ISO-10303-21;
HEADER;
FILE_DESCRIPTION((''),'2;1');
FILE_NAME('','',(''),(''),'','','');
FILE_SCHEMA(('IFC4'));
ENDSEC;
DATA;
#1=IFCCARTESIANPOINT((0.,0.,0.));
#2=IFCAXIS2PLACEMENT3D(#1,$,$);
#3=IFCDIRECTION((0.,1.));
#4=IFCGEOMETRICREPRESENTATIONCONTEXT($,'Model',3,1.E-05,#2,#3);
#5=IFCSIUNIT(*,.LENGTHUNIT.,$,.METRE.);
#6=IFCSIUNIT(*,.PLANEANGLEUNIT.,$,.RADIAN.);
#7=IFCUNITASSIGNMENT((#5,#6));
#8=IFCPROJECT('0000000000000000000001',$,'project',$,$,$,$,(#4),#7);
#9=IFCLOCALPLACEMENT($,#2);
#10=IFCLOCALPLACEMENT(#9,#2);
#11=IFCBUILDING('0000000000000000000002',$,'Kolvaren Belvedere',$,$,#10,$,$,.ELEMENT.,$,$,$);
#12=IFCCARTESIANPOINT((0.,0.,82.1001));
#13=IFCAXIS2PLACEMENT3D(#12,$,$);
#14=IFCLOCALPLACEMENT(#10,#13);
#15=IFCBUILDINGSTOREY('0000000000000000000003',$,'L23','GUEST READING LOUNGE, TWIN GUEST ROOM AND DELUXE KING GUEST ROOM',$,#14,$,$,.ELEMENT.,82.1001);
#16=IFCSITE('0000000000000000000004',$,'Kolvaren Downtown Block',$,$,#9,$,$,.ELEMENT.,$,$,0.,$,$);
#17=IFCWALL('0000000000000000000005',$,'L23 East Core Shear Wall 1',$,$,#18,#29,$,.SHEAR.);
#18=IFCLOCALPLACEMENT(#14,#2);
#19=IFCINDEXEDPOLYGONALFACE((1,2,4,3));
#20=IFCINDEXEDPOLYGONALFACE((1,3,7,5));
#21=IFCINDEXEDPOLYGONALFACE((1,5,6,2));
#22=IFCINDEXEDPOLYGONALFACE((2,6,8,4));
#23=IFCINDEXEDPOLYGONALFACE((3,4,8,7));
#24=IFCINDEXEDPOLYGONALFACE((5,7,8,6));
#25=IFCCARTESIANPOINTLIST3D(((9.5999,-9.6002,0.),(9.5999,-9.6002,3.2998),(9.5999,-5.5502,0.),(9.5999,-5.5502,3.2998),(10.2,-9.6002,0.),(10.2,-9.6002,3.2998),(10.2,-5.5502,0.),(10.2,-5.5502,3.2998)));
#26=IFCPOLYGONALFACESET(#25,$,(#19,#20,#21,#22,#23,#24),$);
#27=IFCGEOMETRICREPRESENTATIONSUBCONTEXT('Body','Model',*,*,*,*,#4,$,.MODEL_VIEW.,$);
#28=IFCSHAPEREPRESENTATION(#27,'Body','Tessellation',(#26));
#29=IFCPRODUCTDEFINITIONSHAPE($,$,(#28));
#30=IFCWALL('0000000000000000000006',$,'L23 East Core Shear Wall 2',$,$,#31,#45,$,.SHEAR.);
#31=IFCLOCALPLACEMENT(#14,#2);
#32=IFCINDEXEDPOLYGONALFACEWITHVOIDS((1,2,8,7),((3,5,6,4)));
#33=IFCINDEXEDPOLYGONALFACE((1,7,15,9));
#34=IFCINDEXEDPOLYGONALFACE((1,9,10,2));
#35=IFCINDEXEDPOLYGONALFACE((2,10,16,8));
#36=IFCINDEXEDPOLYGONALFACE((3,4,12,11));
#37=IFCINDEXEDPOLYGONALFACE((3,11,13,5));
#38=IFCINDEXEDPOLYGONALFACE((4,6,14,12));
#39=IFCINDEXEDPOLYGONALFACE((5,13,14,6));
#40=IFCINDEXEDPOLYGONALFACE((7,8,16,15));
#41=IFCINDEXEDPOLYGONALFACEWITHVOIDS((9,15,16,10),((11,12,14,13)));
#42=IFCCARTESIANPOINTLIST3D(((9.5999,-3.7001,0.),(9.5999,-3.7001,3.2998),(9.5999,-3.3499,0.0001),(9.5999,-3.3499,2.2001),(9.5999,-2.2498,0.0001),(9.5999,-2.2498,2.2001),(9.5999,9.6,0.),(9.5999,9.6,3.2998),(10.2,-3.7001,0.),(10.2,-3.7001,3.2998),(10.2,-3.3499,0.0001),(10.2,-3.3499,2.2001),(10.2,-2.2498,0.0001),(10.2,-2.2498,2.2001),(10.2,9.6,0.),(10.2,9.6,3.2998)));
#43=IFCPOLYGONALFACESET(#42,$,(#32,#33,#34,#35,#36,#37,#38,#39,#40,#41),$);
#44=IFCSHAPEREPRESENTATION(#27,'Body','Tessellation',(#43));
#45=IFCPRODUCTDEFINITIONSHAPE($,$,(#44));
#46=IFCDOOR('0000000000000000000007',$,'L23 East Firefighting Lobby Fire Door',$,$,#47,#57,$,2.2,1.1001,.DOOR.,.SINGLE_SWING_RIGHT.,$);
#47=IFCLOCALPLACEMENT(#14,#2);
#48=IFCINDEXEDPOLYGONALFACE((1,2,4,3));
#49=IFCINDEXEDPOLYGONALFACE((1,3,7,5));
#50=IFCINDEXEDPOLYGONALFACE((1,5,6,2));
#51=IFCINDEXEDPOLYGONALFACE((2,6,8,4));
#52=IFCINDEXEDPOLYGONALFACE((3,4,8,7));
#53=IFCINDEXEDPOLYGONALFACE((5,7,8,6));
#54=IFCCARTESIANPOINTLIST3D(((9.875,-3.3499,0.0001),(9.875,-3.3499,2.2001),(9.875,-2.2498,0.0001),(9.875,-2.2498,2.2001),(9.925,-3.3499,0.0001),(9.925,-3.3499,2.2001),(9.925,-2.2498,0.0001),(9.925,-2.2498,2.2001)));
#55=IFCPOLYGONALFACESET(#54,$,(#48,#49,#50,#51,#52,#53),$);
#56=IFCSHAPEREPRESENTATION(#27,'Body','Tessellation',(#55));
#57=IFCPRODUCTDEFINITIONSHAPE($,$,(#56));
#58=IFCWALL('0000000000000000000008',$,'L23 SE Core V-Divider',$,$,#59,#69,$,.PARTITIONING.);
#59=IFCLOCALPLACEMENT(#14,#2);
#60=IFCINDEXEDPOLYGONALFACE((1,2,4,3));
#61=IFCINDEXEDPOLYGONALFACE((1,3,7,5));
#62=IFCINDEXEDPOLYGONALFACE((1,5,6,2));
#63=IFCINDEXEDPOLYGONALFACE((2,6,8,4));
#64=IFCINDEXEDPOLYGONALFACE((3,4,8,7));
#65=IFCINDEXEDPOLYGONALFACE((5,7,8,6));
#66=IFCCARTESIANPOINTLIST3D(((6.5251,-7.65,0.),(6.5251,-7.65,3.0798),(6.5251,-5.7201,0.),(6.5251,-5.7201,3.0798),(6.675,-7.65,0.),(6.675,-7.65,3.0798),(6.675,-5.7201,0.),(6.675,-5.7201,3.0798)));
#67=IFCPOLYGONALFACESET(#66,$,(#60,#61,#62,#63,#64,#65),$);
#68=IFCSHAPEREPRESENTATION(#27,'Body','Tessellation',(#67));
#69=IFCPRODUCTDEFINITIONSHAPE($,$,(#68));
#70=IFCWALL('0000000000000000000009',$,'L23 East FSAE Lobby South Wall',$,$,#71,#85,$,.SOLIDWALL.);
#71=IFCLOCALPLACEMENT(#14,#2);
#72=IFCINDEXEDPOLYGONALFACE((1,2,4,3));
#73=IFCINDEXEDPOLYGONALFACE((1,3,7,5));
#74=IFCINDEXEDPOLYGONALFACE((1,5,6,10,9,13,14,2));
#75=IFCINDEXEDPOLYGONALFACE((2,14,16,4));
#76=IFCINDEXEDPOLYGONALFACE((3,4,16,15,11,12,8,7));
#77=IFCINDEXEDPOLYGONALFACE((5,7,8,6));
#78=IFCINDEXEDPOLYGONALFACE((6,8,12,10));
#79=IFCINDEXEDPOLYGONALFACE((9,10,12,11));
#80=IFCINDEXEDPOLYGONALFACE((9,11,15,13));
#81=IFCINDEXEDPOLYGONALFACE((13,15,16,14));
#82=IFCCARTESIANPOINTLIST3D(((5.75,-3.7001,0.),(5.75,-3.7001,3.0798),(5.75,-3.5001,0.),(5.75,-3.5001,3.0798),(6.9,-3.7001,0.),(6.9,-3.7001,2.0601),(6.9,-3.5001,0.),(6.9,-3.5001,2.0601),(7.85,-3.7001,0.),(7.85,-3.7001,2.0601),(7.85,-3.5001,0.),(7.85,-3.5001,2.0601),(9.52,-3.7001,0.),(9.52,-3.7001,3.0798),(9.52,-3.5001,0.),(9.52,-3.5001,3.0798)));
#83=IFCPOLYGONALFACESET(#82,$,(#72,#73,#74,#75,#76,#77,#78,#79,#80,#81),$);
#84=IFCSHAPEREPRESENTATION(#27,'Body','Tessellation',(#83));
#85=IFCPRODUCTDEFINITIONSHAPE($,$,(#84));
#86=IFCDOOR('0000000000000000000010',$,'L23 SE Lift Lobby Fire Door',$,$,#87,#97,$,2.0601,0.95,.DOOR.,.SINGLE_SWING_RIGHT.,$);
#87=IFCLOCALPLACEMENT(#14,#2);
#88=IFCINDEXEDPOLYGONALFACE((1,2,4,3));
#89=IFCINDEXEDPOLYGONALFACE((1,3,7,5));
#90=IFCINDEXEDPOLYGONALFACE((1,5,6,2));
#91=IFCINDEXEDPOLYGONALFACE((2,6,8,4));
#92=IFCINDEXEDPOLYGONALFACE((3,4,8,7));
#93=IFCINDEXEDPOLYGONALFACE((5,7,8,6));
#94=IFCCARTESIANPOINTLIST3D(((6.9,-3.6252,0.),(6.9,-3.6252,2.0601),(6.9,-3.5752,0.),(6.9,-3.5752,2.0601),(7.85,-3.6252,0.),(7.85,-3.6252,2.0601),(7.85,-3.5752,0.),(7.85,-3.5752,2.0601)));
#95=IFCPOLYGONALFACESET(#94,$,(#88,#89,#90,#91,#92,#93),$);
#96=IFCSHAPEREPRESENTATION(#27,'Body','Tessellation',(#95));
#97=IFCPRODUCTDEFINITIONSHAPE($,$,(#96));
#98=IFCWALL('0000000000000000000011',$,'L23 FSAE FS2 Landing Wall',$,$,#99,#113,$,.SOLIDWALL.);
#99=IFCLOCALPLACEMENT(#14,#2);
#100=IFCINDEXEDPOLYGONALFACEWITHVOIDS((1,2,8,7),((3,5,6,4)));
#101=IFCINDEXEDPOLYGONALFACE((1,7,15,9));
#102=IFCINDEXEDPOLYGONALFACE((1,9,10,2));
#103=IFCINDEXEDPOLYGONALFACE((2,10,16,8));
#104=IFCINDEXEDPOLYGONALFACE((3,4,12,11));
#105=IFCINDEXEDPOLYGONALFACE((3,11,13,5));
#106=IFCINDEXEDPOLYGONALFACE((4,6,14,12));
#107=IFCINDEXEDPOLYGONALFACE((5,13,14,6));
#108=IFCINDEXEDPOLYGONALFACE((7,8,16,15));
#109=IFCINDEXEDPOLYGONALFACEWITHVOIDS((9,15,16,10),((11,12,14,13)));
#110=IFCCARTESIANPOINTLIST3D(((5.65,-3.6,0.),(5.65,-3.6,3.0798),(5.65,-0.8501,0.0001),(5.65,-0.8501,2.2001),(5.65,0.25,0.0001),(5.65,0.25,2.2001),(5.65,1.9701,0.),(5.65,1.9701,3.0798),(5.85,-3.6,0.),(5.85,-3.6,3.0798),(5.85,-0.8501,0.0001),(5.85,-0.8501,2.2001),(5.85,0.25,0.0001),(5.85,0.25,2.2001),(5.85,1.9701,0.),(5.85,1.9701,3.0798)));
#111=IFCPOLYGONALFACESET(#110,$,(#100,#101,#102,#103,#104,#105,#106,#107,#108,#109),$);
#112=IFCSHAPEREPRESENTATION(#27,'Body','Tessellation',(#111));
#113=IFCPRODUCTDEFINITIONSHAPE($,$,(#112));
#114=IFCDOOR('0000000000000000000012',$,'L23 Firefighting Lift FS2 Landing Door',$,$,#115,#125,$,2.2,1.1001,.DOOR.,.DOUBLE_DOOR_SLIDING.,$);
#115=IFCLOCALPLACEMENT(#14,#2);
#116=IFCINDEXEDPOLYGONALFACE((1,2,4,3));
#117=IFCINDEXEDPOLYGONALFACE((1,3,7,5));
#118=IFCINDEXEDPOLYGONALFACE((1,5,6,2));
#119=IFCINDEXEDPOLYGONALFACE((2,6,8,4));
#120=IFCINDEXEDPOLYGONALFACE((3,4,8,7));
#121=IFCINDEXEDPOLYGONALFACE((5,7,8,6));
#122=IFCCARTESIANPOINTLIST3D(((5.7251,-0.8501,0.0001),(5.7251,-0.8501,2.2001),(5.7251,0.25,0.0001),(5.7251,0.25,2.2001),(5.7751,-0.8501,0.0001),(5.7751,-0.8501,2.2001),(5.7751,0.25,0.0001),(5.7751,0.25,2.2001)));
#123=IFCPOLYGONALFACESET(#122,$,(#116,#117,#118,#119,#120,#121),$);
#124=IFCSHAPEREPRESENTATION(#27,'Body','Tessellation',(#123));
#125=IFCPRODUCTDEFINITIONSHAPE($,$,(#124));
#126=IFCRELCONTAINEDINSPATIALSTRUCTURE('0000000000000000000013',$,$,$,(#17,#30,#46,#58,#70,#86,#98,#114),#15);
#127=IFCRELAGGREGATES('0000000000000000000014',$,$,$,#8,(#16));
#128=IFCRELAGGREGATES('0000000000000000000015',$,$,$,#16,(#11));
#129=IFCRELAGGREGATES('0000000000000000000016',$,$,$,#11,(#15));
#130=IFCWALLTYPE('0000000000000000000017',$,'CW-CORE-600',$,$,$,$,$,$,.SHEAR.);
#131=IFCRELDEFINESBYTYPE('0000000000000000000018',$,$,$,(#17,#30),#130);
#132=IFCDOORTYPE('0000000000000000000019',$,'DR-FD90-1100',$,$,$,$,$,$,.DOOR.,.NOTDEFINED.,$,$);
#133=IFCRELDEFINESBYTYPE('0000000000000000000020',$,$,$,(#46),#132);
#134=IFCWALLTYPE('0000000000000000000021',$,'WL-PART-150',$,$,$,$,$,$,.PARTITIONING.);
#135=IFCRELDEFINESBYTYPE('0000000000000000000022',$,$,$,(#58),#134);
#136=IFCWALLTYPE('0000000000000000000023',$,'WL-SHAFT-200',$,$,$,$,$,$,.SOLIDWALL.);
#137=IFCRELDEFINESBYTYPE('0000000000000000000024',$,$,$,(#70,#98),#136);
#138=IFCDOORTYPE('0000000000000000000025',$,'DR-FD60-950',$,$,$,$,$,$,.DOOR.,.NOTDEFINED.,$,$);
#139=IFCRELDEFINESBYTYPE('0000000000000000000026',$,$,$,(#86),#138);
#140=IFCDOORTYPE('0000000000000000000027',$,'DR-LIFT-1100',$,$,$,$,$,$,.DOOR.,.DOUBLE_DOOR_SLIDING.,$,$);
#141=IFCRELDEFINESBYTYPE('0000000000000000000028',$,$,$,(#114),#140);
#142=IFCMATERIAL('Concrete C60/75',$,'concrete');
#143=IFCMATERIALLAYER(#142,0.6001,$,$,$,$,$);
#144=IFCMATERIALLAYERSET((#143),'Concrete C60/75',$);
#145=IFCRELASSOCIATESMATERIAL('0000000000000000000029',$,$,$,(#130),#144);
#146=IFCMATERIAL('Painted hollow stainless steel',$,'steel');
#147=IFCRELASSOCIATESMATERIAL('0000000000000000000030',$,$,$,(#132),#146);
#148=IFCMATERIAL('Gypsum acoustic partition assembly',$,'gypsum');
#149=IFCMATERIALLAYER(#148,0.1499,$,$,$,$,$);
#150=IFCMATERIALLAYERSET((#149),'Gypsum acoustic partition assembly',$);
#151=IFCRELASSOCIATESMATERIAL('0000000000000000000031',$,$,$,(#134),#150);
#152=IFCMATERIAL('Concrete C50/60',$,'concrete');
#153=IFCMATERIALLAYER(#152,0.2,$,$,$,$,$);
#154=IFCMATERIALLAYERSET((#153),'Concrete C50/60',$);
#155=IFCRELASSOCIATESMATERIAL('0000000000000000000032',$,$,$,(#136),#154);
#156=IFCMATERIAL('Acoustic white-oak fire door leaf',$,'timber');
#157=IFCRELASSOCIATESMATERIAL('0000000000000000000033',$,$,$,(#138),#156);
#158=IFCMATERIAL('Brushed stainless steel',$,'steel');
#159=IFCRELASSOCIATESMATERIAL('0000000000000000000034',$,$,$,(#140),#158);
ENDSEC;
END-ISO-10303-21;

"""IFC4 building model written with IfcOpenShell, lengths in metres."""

from ifc_helpers import new_model, si_unit, direction, frame, frame_2d, origin, place, context, subcontext, project, spatial, rectangle, extrude, material, layer, layer_set, type_object, element, fill, save


model = new_model("IFC4")

# Units and contexts
model_context = context("Model", 3, precision=1e-05, world=origin(), true_north=direction((0.0, 1.0)))
body_context = subcontext(model_context, "Body", "Model", "MODEL_VIEW")
ifc_project = project(units=[si_unit("LENGTHUNIT", "METRE"), si_unit("PLANEANGLEUNIT", "RADIAN")], contexts=[model_context])

# Site, building, storey
site_placement = place(None, origin())
site = spatial("IfcSite", under=ifc_project, at=site_placement, Name="Kolvaren Downtown Block", CompositionType="ELEMENT", RefElevation=0.0)
building_placement = place(site_placement, origin())
building = spatial("IfcBuilding", under=site, at=building_placement, Name="Kolvaren Belvedere", CompositionType="ELEMENT")
storey_placement = place(building_placement, frame((0.0, 0.0, 82.1001)))
storey = spatial("IfcBuildingStorey", under=building, at=storey_placement, Name="L23", Description="GUEST READING LOUNGE, TWIN GUEST ROOM AND DELUXE KING GUEST ROOM", CompositionType="ELEMENT", Elevation=82.1001)

# Wall
ifc_material_1 = material(Name="Concrete C60/75", Category="concrete")
ifc_layer_1 = layer(ifc_material_1, 0.6001)
ifc_layer_set_1 = layer_set([ifc_layer_1], Name="Concrete C60/75")
wall_type_1 = type_object("IfcWallType", Name="CW-CORE-600", PredefinedType="SHEAR", material=ifc_layer_set_1)
wall_1_placement = place(storey_placement, frame((9.8999, -9.6001, 0.0), z_axis=(0.0, 0.0, 1.0), x_axis=(0.0, 1.0, 0.0)))
element("IfcWall", 1, at=wall_1_placement, inside=storey, type_object=wall_type_1, Name="L23 East Core Shear Wall 1", PredefinedType="SHEAR", context=body_context, shape_type="SweptSolid", body=[
    extrude(rectangle(XDim=4.05, YDim=0.6001, at=frame_2d((2.0249, 0.0))), origin(), (0.0, 0.0, 1.0), 3.2998),
])

# Wall, opening, door
wall_2_placement = place(storey_placement, frame((9.8999, -3.7, 0.0), z_axis=(0.0, 0.0, 1.0), x_axis=(0.0, 1.0, 0.0)))
wall_2 = element("IfcWall", 2, at=wall_2_placement, inside=storey, type_object=wall_type_1, Name="L23 East Core Shear Wall 2", PredefinedType="SHEAR", context=body_context, shape_type="SweptSolid", body=[
    extrude(rectangle(XDim=13.3, YDim=0.6001, at=frame_2d((6.6499, 0.0))), origin(), (0.0, 0.0, 1.0), 3.2998),
])
opening_1_placement = place(wall_2_placement, frame((0.3501, 0.0, 0.0)))
opening_1 = element("IfcOpeningElement", 3, at=opening_1_placement, cuts=wall_2, PredefinedType="OPENING", context=body_context, shape_type="SweptSolid", body=[
    extrude(rectangle(XDim=1.1001, YDim=2.2, at=frame_2d((0.55, 1.1001))), frame((0.0, 0.3101, 0.0), z_axis=(0.0, -1.0, 0.0), x_axis=(1.0, 0.0, 0.0)), (0.0, 0.0, 1.0), 0.6201),
])
ifc_material_2 = material(Name="Painted hollow stainless steel", Category="steel")
door_type_1 = type_object("IfcDoorType", Name="DR-FD90-1100", OperationType="NOTDEFINED", PredefinedType="DOOR", material=ifc_material_2)
door_1_placement = place(opening_1_placement, origin())
door_1 = element("IfcDoor", 4, at=door_1_placement, inside=storey, type_object=door_type_1, Name="L23 East Firefighting Lobby Fire Door", OperationType="SINGLE_SWING_RIGHT", OverallHeight=2.2, OverallWidth=1.1001, PredefinedType="DOOR", context=body_context, shape_type="SweptSolid", body=[
    extrude(rectangle(XDim=1.1001, YDim=2.2, at=frame_2d((0.55, 1.1001))), frame((0.0, 0.0249, 0.0), z_axis=(0.0, -1.0, 0.0), x_axis=(1.0, 0.0, 0.0)), (0.0, 0.0, 1.0), 0.05),
])
fill(opening_1, door_1)

# Wall
ifc_material_3 = material(Name="Gypsum acoustic partition assembly", Category="gypsum")
ifc_layer_2 = layer(ifc_material_3, 0.1499)
ifc_layer_set_2 = layer_set([ifc_layer_2], Name="Gypsum acoustic partition assembly")
wall_type_2 = type_object("IfcWallType", Name="WL-PART-150", PredefinedType="PARTITIONING", material=ifc_layer_set_2)
wall_3_placement = place(storey_placement, frame((6.6001, -7.6499, 0.0), z_axis=(0.0, 0.0, 1.0), x_axis=(0.0, 1.0, 0.0)))
element("IfcWall", 5, at=wall_3_placement, inside=storey, type_object=wall_type_2, Name="L23 SE Core V-Divider", PredefinedType="PARTITIONING", context=body_context, shape_type="SweptSolid", body=[
    extrude(rectangle(XDim=1.9299, YDim=0.1499, at=frame_2d((0.9648, 0.0))), origin(), (0.0, 0.0, 1.0), 3.0798),
])

# Walls, openings, doors
ifc_material_4 = material(Name="Concrete C50/60", Category="concrete")
ifc_layer_3 = layer(ifc_material_4, 0.2)
ifc_layer_set_3 = layer_set([ifc_layer_3], Name="Concrete C50/60")
wall_type_3 = type_object("IfcWallType", Name="WL-SHAFT-200", PredefinedType="SOLIDWALL", material=ifc_layer_set_3)
wall_4_placement = place(storey_placement, frame((5.75, -3.6001, 0.0), z_axis=(0.0, 0.0, 1.0), x_axis=(1.0, 0.0, 0.0)))
wall_4 = element("IfcWall", 6, at=wall_4_placement, inside=storey, type_object=wall_type_3, Name="L23 East FSAE Lobby South Wall", PredefinedType="SOLIDWALL", context=body_context, shape_type="SweptSolid", body=[
    extrude(rectangle(XDim=3.77, YDim=0.2, at=frame_2d((1.885, 0.0))), origin(), (0.0, 0.0, 1.0), 3.0798),
])
opening_2_placement = place(wall_4_placement, frame((1.1499, 0.0, 0.0)))
opening_2 = element("IfcOpeningElement", 7, at=opening_2_placement, cuts=wall_4, PredefinedType="OPENING", context=body_context, shape_type="SweptSolid", body=[
    extrude(rectangle(XDim=0.95, YDim=2.0601, at=frame_2d((0.4751, 1.03))), frame((0.0, 0.1099, 0.0), z_axis=(0.0, -1.0, 0.0), x_axis=(1.0, 0.0, 0.0)), (0.0, 0.0, 1.0), 0.22),
])
ifc_material_5 = material(Name="Acoustic white-oak fire door leaf", Category="timber")
door_type_2 = type_object("IfcDoorType", Name="DR-FD60-950", OperationType="NOTDEFINED", PredefinedType="DOOR", material=ifc_material_5)
door_2_placement = place(opening_2_placement, origin())
door_2 = element("IfcDoor", 8, at=door_2_placement, inside=storey, type_object=door_type_2, Name="L23 SE Lift Lobby Fire Door", OperationType="SINGLE_SWING_RIGHT", OverallHeight=2.0601, OverallWidth=0.95, PredefinedType="DOOR", context=body_context, shape_type="SweptSolid", body=[
    extrude(rectangle(XDim=0.95, YDim=2.0601, at=frame_2d((0.4751, 1.03))), frame((0.0, 0.0249, 0.0), z_axis=(0.0, -1.0, 0.0), x_axis=(1.0, 0.0, 0.0)), (0.0, 0.0, 1.0), 0.05),
])
fill(opening_2, door_2)
wall_5_placement = place(storey_placement, frame((5.75, -3.6001, 0.0), z_axis=(0.0, 0.0, 1.0), x_axis=(0.0, 1.0, 0.0)))
wall_5 = element("IfcWall", 9, at=wall_5_placement, inside=storey, type_object=wall_type_3, Name="L23 FSAE FS2 Landing Wall", PredefinedType="SOLIDWALL", context=body_context, shape_type="SweptSolid", body=[
    extrude(rectangle(XDim=5.5701, YDim=0.2, at=frame_2d((2.7852, 0.0))), origin(), (0.0, 0.0, 1.0), 3.0798),
])
opening_3_placement = place(wall_5_placement, frame((2.75, 0.0, 0.0)))
opening_3 = element("IfcOpeningElement", 10, at=opening_3_placement, cuts=wall_5, PredefinedType="OPENING", context=body_context, shape_type="SweptSolid", body=[
    extrude(rectangle(XDim=1.1001, YDim=2.2, at=frame_2d((0.55, 1.1001))), frame((0.0, 0.1099, 0.0), z_axis=(0.0, -1.0, 0.0), x_axis=(1.0, 0.0, 0.0)), (0.0, 0.0, 1.0), 0.22),
])
ifc_material_6 = material(Name="Brushed stainless steel", Category="steel")
door_type_3 = type_object("IfcDoorType", Name="DR-LIFT-1100", OperationType="DOUBLE_DOOR_SLIDING", PredefinedType="DOOR", material=ifc_material_6)
door_3_placement = place(opening_3_placement, origin())
door_3 = element("IfcDoor", 11, at=door_3_placement, inside=storey, type_object=door_type_3, Name="L23 Firefighting Lift FS2 Landing Door", OperationType="DOUBLE_DOOR_SLIDING", OverallHeight=2.2, OverallWidth=1.1001, PredefinedType="DOOR", context=body_context, shape_type="SweptSolid", body=[
    extrude(rectangle(XDim=1.1001, YDim=2.2, at=frame_2d((0.55, 1.1001))), frame((0.0, 0.0249, 0.0), z_axis=(0.0, -1.0, 0.0), x_axis=(1.0, 0.0, 0.0)), (0.0, 0.0, 1.0), 0.05),
])
fill(opening_3, door_3)

save(model, "model.ifc")
